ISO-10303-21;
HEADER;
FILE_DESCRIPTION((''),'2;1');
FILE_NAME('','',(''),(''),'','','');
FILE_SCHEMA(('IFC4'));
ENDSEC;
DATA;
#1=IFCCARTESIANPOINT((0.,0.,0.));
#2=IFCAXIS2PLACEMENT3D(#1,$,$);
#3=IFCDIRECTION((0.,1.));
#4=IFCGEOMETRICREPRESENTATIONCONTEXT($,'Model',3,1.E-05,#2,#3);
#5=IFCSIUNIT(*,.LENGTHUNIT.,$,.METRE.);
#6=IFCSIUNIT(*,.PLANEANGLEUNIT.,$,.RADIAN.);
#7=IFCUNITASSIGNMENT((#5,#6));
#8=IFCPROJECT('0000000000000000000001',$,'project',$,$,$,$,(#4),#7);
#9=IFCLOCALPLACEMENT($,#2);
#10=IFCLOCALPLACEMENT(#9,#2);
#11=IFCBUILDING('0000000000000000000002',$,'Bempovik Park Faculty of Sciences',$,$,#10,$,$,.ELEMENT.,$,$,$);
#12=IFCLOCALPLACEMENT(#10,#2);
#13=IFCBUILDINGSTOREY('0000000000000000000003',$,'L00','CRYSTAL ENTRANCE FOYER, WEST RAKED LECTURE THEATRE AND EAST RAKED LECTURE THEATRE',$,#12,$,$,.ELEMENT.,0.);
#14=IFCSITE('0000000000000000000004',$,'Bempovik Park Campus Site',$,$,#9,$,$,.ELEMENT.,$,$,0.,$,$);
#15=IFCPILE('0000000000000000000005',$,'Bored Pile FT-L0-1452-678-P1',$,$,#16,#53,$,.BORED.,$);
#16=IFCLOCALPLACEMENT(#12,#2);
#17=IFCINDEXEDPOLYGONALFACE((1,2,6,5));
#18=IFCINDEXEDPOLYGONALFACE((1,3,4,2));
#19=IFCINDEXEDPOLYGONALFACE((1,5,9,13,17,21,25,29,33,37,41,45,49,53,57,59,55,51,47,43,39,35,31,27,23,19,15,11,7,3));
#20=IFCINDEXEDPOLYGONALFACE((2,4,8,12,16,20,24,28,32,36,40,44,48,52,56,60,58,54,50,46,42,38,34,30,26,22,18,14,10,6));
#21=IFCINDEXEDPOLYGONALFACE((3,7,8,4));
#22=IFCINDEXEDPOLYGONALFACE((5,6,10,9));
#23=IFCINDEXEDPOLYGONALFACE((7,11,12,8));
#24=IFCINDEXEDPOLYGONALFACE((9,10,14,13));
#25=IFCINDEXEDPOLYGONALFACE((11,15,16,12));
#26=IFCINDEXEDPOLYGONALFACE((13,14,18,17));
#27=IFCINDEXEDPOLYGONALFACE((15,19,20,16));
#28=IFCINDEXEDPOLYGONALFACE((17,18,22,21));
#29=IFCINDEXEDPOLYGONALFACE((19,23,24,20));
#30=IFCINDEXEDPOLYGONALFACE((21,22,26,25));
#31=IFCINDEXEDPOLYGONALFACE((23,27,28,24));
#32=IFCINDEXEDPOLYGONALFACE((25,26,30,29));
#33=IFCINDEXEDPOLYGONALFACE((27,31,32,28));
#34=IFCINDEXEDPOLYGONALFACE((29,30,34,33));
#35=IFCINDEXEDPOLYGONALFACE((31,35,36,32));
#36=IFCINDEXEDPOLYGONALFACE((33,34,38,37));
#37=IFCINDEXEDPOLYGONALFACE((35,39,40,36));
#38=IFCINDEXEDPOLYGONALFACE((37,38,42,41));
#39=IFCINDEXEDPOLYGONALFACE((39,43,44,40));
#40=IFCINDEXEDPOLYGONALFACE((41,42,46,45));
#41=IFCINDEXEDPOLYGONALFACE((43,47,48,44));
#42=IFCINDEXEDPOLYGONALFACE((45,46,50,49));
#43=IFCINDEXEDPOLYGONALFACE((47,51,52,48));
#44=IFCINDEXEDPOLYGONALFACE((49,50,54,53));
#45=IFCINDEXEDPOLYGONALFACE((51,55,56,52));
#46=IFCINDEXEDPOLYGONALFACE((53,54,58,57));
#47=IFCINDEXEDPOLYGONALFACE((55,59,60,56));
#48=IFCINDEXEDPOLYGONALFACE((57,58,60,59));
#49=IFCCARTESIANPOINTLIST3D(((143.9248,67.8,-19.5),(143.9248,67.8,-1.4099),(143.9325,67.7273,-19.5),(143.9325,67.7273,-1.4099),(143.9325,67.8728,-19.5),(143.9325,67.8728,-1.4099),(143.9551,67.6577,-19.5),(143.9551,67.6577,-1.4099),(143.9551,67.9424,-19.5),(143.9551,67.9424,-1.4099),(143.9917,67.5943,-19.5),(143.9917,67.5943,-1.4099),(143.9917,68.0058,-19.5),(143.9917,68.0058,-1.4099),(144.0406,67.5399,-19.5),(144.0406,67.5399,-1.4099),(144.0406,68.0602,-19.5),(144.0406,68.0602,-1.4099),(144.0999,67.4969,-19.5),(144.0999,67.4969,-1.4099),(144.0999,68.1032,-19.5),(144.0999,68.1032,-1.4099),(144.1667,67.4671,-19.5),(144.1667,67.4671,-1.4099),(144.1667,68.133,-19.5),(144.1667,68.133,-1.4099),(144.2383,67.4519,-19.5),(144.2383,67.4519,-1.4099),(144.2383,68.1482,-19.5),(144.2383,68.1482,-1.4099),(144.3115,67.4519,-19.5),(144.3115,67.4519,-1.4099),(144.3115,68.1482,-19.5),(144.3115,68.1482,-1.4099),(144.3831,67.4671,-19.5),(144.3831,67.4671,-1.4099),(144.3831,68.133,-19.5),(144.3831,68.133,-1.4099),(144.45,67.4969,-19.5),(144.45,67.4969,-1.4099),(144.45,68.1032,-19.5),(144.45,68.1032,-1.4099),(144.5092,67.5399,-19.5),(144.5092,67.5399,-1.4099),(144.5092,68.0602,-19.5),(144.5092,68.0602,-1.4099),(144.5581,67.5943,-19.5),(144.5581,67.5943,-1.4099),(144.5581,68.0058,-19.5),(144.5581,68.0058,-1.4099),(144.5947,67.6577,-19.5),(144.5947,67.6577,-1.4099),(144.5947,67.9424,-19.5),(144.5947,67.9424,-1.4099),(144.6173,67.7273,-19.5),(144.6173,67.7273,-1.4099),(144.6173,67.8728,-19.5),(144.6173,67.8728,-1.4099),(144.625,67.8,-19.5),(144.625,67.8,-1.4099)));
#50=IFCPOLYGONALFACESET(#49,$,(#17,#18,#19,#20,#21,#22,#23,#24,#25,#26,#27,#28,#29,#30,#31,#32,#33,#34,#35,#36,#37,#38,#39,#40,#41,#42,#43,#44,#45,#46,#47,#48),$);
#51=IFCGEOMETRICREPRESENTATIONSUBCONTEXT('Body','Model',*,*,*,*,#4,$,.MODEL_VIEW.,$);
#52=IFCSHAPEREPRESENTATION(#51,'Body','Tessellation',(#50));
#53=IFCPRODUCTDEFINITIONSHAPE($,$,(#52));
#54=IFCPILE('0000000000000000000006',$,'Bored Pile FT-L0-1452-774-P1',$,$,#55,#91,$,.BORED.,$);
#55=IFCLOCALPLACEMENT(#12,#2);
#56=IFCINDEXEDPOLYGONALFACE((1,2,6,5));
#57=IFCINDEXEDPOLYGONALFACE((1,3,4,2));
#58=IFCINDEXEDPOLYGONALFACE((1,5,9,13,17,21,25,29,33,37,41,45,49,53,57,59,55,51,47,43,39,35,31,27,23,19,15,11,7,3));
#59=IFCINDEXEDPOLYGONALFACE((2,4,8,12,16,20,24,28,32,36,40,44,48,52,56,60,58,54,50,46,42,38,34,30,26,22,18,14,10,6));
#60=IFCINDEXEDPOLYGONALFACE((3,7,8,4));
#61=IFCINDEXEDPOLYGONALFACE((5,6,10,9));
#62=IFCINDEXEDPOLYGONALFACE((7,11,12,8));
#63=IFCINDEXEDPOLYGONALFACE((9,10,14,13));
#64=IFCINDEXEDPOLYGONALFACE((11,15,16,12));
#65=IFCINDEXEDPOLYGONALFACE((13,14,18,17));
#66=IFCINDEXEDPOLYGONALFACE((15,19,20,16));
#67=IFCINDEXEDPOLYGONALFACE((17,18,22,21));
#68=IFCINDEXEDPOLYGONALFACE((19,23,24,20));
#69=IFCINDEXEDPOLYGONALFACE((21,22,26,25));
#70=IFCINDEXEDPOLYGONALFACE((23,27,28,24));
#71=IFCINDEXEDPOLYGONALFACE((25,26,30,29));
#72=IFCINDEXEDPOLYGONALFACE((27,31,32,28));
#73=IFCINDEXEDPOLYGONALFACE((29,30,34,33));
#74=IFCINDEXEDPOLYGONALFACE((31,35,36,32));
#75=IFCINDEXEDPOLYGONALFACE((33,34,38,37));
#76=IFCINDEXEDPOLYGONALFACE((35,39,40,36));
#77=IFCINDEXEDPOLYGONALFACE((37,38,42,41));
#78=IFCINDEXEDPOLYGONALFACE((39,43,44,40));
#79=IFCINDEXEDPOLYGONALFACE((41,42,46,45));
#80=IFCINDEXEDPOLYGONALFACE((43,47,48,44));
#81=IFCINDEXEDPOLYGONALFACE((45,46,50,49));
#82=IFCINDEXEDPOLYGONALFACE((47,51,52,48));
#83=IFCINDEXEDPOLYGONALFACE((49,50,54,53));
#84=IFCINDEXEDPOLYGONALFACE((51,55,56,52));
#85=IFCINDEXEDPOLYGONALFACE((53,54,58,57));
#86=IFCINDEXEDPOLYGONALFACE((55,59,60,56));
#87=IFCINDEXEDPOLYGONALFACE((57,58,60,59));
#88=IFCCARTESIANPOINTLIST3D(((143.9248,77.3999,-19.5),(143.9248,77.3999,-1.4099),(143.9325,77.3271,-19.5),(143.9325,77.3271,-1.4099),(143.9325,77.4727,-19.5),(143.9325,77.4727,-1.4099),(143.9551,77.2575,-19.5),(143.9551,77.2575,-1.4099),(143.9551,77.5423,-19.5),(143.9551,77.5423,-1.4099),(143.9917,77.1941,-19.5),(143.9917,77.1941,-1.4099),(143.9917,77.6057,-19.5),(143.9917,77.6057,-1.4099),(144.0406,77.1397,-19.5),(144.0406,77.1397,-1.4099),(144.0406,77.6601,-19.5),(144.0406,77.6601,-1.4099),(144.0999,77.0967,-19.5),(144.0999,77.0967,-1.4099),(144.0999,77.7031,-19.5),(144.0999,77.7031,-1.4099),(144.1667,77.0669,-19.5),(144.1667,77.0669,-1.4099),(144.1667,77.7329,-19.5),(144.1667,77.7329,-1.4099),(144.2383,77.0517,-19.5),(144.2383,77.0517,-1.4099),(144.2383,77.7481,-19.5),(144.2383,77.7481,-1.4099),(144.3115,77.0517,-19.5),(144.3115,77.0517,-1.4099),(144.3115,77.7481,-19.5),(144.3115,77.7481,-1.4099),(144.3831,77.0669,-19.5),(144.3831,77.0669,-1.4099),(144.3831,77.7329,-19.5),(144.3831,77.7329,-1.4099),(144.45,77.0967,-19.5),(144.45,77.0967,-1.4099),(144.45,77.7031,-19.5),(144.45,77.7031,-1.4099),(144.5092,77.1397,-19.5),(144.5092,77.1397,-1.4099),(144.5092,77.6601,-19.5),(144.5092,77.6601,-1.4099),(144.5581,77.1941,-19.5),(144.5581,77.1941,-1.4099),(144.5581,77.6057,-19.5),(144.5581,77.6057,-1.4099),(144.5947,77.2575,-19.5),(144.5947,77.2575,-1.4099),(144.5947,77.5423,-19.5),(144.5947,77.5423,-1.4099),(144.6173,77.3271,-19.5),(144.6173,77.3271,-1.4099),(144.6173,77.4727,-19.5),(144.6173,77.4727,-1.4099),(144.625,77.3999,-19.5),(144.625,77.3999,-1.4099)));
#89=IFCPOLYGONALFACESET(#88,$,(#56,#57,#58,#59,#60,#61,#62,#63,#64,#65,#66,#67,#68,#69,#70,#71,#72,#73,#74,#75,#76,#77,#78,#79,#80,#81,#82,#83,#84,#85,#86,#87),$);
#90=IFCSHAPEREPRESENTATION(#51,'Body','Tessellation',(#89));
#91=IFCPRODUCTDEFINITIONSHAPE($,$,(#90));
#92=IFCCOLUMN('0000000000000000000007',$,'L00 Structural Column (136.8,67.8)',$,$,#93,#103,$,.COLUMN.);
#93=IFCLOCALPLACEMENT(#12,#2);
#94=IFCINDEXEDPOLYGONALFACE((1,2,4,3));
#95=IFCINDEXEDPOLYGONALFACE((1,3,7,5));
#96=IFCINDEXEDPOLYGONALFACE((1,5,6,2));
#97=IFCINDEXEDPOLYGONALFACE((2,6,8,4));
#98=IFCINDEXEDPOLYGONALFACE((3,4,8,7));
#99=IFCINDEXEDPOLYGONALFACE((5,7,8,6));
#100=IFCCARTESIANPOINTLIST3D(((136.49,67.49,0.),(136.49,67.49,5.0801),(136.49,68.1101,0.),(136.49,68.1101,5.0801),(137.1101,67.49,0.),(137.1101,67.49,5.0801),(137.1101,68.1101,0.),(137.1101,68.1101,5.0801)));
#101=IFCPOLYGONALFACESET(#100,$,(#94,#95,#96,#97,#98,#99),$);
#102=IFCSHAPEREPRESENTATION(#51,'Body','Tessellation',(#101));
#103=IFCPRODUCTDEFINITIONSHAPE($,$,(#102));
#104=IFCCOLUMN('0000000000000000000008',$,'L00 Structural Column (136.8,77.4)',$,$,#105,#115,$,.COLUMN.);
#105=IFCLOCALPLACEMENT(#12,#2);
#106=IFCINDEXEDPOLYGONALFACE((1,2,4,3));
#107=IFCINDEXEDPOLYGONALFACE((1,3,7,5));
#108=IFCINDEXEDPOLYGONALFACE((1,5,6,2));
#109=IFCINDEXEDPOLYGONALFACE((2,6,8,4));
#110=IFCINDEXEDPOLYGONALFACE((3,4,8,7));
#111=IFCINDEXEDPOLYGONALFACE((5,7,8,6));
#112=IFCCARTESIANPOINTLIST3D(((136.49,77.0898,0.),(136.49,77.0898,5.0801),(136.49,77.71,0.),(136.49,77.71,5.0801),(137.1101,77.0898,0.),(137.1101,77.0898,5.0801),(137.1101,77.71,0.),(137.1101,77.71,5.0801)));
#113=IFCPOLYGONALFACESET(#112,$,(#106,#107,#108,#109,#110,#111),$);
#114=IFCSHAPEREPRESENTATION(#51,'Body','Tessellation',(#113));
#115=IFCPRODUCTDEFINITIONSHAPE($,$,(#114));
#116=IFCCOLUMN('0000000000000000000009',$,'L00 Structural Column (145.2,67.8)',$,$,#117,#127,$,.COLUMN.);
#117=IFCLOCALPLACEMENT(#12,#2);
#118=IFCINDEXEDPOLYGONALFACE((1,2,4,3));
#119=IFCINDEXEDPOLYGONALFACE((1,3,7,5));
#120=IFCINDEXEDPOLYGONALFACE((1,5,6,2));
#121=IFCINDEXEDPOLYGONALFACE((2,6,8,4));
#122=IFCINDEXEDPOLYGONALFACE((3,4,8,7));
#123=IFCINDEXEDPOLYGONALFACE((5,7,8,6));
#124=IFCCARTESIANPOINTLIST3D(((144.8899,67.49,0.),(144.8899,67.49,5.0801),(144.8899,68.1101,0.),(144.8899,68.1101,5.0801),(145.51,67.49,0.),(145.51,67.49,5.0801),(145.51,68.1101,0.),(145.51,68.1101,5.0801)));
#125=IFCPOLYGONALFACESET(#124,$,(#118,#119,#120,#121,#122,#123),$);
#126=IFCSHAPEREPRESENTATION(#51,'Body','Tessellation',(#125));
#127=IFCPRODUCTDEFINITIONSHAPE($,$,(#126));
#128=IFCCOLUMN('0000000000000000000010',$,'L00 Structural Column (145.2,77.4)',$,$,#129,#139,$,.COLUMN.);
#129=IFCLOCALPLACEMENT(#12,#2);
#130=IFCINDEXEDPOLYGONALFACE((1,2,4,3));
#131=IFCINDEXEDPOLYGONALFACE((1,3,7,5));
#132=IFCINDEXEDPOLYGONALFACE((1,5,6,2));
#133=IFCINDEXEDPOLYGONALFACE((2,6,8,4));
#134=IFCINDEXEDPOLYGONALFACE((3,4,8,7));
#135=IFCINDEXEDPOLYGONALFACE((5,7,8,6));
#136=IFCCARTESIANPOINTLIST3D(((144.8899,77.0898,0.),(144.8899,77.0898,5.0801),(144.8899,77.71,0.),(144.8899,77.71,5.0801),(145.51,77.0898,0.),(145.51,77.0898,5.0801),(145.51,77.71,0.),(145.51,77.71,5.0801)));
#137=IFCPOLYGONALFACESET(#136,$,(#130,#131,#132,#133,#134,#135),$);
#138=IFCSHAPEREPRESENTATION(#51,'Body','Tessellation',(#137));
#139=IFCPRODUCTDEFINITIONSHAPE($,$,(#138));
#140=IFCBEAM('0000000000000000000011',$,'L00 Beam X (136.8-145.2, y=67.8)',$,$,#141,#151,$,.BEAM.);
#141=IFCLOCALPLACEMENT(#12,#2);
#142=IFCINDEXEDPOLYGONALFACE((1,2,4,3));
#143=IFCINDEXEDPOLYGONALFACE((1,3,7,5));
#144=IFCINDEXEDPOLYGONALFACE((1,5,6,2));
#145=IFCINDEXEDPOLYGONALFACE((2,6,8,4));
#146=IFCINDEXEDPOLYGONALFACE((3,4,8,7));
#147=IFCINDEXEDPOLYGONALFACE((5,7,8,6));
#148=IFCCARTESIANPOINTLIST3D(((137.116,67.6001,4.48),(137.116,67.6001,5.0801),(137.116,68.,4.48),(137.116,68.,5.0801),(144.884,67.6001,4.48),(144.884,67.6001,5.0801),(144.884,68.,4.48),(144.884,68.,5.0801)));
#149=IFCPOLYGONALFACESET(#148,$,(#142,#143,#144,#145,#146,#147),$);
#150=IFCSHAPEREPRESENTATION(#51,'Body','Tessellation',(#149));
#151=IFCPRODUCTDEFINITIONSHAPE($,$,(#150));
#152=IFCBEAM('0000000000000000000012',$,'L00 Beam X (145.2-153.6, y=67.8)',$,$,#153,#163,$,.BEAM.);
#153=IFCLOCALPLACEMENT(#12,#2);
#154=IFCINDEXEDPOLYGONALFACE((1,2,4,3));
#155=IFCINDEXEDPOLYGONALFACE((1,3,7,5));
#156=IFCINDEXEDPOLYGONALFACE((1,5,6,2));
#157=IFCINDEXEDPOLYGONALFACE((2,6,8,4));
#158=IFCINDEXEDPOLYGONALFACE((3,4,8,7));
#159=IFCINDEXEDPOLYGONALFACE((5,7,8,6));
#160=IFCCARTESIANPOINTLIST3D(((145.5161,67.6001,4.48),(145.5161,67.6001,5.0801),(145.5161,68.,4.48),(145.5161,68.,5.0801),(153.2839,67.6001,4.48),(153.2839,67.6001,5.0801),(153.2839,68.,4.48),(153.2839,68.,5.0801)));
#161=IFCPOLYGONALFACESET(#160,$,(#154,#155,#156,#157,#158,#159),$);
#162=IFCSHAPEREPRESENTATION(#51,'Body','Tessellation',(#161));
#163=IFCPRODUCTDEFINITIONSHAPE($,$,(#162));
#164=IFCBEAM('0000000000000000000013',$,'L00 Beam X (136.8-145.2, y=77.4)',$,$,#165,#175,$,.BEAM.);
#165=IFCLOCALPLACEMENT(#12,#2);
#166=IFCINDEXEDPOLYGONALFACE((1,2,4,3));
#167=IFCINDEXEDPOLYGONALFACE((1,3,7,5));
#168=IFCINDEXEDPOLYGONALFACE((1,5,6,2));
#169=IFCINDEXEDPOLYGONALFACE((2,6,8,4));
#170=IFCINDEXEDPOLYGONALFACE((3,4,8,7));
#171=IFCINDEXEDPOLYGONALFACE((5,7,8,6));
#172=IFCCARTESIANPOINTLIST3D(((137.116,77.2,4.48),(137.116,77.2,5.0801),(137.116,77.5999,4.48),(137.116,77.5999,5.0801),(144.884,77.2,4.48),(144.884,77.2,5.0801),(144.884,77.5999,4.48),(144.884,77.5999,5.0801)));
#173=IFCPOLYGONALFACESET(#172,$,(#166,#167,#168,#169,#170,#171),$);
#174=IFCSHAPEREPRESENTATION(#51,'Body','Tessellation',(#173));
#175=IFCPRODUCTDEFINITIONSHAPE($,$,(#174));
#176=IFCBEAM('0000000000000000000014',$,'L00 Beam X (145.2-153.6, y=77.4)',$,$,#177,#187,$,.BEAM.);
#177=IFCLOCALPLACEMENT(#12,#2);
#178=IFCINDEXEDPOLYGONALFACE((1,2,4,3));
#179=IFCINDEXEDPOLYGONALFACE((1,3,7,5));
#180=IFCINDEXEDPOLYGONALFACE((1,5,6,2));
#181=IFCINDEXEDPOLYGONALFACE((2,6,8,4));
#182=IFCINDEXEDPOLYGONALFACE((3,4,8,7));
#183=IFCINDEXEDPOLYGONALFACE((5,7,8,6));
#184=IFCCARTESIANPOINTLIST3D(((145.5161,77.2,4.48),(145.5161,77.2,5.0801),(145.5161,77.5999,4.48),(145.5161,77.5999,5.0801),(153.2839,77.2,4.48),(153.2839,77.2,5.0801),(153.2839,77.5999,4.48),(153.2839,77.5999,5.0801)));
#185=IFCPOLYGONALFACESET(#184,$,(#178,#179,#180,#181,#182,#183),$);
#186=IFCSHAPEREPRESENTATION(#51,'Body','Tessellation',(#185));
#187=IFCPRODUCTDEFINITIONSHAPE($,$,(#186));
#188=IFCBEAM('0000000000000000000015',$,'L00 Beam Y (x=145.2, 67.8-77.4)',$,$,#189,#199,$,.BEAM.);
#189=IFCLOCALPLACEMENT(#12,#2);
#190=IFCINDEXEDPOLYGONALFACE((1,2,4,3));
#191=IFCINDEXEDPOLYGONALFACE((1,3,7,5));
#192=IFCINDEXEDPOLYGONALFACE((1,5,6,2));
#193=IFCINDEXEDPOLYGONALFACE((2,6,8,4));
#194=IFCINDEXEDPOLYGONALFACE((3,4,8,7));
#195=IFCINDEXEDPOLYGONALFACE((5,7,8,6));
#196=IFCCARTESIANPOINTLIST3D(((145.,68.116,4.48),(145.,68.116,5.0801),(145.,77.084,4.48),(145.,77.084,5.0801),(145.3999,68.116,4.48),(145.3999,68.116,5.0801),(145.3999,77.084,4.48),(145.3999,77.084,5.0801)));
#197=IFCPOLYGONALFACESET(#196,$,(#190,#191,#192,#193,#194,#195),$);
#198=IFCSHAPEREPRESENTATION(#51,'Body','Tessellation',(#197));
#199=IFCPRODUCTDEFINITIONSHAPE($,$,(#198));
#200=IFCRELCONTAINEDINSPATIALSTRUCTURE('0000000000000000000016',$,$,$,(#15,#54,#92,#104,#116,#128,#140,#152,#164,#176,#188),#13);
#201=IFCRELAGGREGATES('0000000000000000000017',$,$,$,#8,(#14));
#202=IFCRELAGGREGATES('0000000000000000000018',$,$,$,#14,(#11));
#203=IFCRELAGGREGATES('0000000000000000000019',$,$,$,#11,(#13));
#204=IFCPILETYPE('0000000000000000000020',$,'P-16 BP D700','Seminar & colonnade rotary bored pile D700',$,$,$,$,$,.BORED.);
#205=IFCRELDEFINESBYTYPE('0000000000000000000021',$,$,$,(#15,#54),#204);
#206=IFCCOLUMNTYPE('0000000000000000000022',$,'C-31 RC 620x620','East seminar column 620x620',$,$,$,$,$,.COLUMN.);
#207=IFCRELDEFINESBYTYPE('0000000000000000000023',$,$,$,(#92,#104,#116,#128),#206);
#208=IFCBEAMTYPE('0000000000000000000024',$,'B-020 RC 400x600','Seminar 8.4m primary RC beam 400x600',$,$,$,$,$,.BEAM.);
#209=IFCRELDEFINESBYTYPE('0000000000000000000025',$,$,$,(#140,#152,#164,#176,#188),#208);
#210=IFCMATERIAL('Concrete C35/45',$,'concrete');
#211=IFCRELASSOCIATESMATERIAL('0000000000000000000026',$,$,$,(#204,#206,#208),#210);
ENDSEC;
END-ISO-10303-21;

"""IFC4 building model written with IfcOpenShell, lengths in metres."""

from ifc_helpers import new_model, si_unit, direction, frame, origin, origin_2d, place, context, subcontext, project, spatial, rectangle, circle, extrude, material, material_profile, profile_set, type_object, element, save


model = new_model("IFC4")

# Units and contexts
model_context = context("Model", 3, precision=1e-05, world=origin(), true_north=direction((0.0, 1.0)))
body_context = subcontext(model_context, "Body", "Model", "MODEL_VIEW")
ifc_project = project(units=[si_unit("LENGTHUNIT", "METRE"), si_unit("PLANEANGLEUNIT", "RADIAN")], contexts=[model_context])

# Site, building, storey
site_placement = place(None, origin())
site = spatial("IfcSite", under=ifc_project, at=site_placement, Name="Bempovik Park Campus Site", CompositionType="ELEMENT", RefElevation=0.0)
building_placement = place(site_placement, origin())
building = spatial("IfcBuilding", under=site, at=building_placement, Name="Bempovik Park Faculty of Sciences", CompositionType="ELEMENT")
storey_placement = place(building_placement, origin())
storey = spatial("IfcBuildingStorey", under=building, at=storey_placement, Name="L00", Description="CRYSTAL ENTRANCE FOYER, WEST RAKED LECTURE THEATRE AND EAST RAKED LECTURE THEATRE", CompositionType="ELEMENT", Elevation=0.0)

# Shared definitions
ifc_material_1 = material(Name="Concrete C35/45", Category="concrete")

# Piles
ifc_material_profile_1 = material_profile(ifc_material_1, circle(Radius=0.3501, at=origin_2d()), Name="BP D700")
ifc_profile_set_1 = profile_set([ifc_material_profile_1], Name="Concrete C35/45")
pile_type = type_object("IfcPileType", Name="P-16 BP D700", Description="Seminar & colonnade rotary bored pile D700", PredefinedType="BORED", material=ifc_profile_set_1)
for number, where, z_axis, x_axis, name in (
    (1, (144.2749, 67.8, -1.4099), (0.0, 0.0, -1.0), (1.0, 0.0, 0.0), "Bored Pile FT-L0-1452-678-P1"),
    (2, (144.2749, 77.3999, -1.4099), (0.0, 0.0, -1.0), (1.0, 0.0, 0.0), "Bored Pile FT-L0-1452-774-P1"),
):
    element("IfcPile", number, at=place(storey_placement, frame(where, z_axis=z_axis, x_axis=x_axis)), inside=storey, type_object=pile_type, Name=name, PredefinedType="BORED", context=body_context, shape_type="SweptSolid", body=[
        extrude(circle(Radius=0.3501, at=origin_2d()), origin(), (0.0, 0.0, 1.0), 18.0901),
    ])

# Columns
ifc_material_profile_2 = material_profile(ifc_material_1, rectangle(XDim=0.6201, YDim=0.6201, at=origin_2d()), Name="RC 620x620")
ifc_profile_set_2 = profile_set([ifc_material_profile_2], Name="Concrete C35/45")
column_type = type_object("IfcColumnType", Name="C-31 RC 620x620", Description="East seminar column 620x620", PredefinedType="COLUMN", material=ifc_profile_set_2)
for number, where, z_axis, x_axis, name in (
    (3, (136.8, 67.8, 0.0), (0.0, 0.0, 1.0), (1.0, 0.0, 0.0), "L00 Structural Column (136.8,67.8)"),
    (4, (136.8, 77.3999, 0.0), (0.0, 0.0, 1.0), (1.0, 0.0, 0.0), "L00 Structural Column (136.8,77.4)"),
    (5, (145.2, 67.8, 0.0), (0.0, 0.0, 1.0), (1.0, 0.0, 0.0), "L00 Structural Column (145.2,67.8)"),
    (6, (145.2, 77.3999, 0.0), (0.0, 0.0, 1.0), (1.0, 0.0, 0.0), "L00 Structural Column (145.2,77.4)"),
):
    element("IfcColumn", number, at=place(storey_placement, frame(where, z_axis=z_axis, x_axis=x_axis)), inside=storey, type_object=column_type, Name=name, PredefinedType="COLUMN", context=body_context, shape_type="SweptSolid", body=[
        extrude(rectangle(XDim=0.6201, YDim=0.6201, at=origin_2d()), origin(), (0.0, 0.0, 1.0), 5.0801),
    ])

# Beams
ifc_material_profile_3 = material_profile(ifc_material_1, rectangle(XDim=0.3999, YDim=0.6001, at=origin_2d()), Name="RC 400x600")
ifc_profile_set_3 = profile_set([ifc_material_profile_3], Name="Concrete C35/45")
beam_type_1 = type_object("IfcBeamType", Name="B-020 RC 400x600", Description="Seminar 8.4m primary RC beam 400x600", PredefinedType="BEAM", material=ifc_profile_set_3)
beam_1_placement = place(storey_placement, frame((137.116, 67.8, 4.78), z_axis=(1.0, 0.0, 0.0), x_axis=(0.0, 1.0, 0.0)))
element("IfcBeam", 7, at=beam_1_placement, inside=storey, type_object=beam_type_1, Name="L00 Beam X (136.8-145.2, y=67.8)", PredefinedType="BEAM", context=body_context, shape_type="SweptSolid", body=[
    extrude(rectangle(XDim=0.3999, YDim=0.6001, at=origin_2d()), origin(), (0.0, 0.0, 1.0), 7.7681),
])
beam_2_placement = place(storey_placement, frame((145.5161, 67.8, 4.78), z_axis=(1.0, 0.0, 0.0), x_axis=(0.0, 1.0, 0.0)))
element("IfcBeam", 8, at=beam_2_placement, inside=storey, type_object=beam_type_1, Name="L00 Beam X (145.2-153.6, y=67.8)", PredefinedType="BEAM", context=body_context, shape_type="SweptSolid", body=[
    extrude(rectangle(XDim=0.3999, YDim=0.6001, at=origin_2d()), origin(), (0.0, 0.0, 1.0), 7.7678),
])
beam_3_placement = place(storey_placement, frame((137.116, 77.3999, 4.78), z_axis=(1.0, 0.0, 0.0), x_axis=(0.0, 1.0, 0.0)))
element("IfcBeam", 9, at=beam_3_placement, inside=storey, type_object=beam_type_1, Name="L00 Beam X (136.8-145.2, y=77.4)", PredefinedType="BEAM", context=body_context, shape_type="SweptSolid", body=[
    extrude(rectangle(XDim=0.3999, YDim=0.6001, at=origin_2d()), origin(), (0.0, 0.0, 1.0), 7.7681),
])
beam_4_placement = place(storey_placement, frame((145.5161, 77.3999, 4.78), z_axis=(1.0, 0.0, 0.0), x_axis=(0.0, 1.0, 0.0)))
element("IfcBeam", 10, at=beam_4_placement, inside=storey, type_object=beam_type_1, Name="L00 Beam X (145.2-153.6, y=77.4)", PredefinedType="BEAM", context=body_context, shape_type="SweptSolid", body=[
    extrude(rectangle(XDim=0.3999, YDim=0.6001, at=origin_2d()), origin(), (0.0, 0.0, 1.0), 7.7678),
])
beam_5_placement = place(storey_placement, frame((145.2, 68.116, 4.78), z_axis=(0.0, 1.0, 0.0), x_axis=(-1.0, 0.0, 0.0)))
element("IfcBeam", 11, at=beam_5_placement, inside=storey, type_object=beam_type_1, Name="L00 Beam Y (x=145.2, 67.8-77.4)", PredefinedType="BEAM", context=body_context, shape_type="SweptSolid", body=[
    extrude(rectangle(XDim=0.3999, YDim=0.6001, at=origin_2d()), origin(), (0.0, 0.0, 1.0), 8.968),
])

save(model, "model.ifc")
